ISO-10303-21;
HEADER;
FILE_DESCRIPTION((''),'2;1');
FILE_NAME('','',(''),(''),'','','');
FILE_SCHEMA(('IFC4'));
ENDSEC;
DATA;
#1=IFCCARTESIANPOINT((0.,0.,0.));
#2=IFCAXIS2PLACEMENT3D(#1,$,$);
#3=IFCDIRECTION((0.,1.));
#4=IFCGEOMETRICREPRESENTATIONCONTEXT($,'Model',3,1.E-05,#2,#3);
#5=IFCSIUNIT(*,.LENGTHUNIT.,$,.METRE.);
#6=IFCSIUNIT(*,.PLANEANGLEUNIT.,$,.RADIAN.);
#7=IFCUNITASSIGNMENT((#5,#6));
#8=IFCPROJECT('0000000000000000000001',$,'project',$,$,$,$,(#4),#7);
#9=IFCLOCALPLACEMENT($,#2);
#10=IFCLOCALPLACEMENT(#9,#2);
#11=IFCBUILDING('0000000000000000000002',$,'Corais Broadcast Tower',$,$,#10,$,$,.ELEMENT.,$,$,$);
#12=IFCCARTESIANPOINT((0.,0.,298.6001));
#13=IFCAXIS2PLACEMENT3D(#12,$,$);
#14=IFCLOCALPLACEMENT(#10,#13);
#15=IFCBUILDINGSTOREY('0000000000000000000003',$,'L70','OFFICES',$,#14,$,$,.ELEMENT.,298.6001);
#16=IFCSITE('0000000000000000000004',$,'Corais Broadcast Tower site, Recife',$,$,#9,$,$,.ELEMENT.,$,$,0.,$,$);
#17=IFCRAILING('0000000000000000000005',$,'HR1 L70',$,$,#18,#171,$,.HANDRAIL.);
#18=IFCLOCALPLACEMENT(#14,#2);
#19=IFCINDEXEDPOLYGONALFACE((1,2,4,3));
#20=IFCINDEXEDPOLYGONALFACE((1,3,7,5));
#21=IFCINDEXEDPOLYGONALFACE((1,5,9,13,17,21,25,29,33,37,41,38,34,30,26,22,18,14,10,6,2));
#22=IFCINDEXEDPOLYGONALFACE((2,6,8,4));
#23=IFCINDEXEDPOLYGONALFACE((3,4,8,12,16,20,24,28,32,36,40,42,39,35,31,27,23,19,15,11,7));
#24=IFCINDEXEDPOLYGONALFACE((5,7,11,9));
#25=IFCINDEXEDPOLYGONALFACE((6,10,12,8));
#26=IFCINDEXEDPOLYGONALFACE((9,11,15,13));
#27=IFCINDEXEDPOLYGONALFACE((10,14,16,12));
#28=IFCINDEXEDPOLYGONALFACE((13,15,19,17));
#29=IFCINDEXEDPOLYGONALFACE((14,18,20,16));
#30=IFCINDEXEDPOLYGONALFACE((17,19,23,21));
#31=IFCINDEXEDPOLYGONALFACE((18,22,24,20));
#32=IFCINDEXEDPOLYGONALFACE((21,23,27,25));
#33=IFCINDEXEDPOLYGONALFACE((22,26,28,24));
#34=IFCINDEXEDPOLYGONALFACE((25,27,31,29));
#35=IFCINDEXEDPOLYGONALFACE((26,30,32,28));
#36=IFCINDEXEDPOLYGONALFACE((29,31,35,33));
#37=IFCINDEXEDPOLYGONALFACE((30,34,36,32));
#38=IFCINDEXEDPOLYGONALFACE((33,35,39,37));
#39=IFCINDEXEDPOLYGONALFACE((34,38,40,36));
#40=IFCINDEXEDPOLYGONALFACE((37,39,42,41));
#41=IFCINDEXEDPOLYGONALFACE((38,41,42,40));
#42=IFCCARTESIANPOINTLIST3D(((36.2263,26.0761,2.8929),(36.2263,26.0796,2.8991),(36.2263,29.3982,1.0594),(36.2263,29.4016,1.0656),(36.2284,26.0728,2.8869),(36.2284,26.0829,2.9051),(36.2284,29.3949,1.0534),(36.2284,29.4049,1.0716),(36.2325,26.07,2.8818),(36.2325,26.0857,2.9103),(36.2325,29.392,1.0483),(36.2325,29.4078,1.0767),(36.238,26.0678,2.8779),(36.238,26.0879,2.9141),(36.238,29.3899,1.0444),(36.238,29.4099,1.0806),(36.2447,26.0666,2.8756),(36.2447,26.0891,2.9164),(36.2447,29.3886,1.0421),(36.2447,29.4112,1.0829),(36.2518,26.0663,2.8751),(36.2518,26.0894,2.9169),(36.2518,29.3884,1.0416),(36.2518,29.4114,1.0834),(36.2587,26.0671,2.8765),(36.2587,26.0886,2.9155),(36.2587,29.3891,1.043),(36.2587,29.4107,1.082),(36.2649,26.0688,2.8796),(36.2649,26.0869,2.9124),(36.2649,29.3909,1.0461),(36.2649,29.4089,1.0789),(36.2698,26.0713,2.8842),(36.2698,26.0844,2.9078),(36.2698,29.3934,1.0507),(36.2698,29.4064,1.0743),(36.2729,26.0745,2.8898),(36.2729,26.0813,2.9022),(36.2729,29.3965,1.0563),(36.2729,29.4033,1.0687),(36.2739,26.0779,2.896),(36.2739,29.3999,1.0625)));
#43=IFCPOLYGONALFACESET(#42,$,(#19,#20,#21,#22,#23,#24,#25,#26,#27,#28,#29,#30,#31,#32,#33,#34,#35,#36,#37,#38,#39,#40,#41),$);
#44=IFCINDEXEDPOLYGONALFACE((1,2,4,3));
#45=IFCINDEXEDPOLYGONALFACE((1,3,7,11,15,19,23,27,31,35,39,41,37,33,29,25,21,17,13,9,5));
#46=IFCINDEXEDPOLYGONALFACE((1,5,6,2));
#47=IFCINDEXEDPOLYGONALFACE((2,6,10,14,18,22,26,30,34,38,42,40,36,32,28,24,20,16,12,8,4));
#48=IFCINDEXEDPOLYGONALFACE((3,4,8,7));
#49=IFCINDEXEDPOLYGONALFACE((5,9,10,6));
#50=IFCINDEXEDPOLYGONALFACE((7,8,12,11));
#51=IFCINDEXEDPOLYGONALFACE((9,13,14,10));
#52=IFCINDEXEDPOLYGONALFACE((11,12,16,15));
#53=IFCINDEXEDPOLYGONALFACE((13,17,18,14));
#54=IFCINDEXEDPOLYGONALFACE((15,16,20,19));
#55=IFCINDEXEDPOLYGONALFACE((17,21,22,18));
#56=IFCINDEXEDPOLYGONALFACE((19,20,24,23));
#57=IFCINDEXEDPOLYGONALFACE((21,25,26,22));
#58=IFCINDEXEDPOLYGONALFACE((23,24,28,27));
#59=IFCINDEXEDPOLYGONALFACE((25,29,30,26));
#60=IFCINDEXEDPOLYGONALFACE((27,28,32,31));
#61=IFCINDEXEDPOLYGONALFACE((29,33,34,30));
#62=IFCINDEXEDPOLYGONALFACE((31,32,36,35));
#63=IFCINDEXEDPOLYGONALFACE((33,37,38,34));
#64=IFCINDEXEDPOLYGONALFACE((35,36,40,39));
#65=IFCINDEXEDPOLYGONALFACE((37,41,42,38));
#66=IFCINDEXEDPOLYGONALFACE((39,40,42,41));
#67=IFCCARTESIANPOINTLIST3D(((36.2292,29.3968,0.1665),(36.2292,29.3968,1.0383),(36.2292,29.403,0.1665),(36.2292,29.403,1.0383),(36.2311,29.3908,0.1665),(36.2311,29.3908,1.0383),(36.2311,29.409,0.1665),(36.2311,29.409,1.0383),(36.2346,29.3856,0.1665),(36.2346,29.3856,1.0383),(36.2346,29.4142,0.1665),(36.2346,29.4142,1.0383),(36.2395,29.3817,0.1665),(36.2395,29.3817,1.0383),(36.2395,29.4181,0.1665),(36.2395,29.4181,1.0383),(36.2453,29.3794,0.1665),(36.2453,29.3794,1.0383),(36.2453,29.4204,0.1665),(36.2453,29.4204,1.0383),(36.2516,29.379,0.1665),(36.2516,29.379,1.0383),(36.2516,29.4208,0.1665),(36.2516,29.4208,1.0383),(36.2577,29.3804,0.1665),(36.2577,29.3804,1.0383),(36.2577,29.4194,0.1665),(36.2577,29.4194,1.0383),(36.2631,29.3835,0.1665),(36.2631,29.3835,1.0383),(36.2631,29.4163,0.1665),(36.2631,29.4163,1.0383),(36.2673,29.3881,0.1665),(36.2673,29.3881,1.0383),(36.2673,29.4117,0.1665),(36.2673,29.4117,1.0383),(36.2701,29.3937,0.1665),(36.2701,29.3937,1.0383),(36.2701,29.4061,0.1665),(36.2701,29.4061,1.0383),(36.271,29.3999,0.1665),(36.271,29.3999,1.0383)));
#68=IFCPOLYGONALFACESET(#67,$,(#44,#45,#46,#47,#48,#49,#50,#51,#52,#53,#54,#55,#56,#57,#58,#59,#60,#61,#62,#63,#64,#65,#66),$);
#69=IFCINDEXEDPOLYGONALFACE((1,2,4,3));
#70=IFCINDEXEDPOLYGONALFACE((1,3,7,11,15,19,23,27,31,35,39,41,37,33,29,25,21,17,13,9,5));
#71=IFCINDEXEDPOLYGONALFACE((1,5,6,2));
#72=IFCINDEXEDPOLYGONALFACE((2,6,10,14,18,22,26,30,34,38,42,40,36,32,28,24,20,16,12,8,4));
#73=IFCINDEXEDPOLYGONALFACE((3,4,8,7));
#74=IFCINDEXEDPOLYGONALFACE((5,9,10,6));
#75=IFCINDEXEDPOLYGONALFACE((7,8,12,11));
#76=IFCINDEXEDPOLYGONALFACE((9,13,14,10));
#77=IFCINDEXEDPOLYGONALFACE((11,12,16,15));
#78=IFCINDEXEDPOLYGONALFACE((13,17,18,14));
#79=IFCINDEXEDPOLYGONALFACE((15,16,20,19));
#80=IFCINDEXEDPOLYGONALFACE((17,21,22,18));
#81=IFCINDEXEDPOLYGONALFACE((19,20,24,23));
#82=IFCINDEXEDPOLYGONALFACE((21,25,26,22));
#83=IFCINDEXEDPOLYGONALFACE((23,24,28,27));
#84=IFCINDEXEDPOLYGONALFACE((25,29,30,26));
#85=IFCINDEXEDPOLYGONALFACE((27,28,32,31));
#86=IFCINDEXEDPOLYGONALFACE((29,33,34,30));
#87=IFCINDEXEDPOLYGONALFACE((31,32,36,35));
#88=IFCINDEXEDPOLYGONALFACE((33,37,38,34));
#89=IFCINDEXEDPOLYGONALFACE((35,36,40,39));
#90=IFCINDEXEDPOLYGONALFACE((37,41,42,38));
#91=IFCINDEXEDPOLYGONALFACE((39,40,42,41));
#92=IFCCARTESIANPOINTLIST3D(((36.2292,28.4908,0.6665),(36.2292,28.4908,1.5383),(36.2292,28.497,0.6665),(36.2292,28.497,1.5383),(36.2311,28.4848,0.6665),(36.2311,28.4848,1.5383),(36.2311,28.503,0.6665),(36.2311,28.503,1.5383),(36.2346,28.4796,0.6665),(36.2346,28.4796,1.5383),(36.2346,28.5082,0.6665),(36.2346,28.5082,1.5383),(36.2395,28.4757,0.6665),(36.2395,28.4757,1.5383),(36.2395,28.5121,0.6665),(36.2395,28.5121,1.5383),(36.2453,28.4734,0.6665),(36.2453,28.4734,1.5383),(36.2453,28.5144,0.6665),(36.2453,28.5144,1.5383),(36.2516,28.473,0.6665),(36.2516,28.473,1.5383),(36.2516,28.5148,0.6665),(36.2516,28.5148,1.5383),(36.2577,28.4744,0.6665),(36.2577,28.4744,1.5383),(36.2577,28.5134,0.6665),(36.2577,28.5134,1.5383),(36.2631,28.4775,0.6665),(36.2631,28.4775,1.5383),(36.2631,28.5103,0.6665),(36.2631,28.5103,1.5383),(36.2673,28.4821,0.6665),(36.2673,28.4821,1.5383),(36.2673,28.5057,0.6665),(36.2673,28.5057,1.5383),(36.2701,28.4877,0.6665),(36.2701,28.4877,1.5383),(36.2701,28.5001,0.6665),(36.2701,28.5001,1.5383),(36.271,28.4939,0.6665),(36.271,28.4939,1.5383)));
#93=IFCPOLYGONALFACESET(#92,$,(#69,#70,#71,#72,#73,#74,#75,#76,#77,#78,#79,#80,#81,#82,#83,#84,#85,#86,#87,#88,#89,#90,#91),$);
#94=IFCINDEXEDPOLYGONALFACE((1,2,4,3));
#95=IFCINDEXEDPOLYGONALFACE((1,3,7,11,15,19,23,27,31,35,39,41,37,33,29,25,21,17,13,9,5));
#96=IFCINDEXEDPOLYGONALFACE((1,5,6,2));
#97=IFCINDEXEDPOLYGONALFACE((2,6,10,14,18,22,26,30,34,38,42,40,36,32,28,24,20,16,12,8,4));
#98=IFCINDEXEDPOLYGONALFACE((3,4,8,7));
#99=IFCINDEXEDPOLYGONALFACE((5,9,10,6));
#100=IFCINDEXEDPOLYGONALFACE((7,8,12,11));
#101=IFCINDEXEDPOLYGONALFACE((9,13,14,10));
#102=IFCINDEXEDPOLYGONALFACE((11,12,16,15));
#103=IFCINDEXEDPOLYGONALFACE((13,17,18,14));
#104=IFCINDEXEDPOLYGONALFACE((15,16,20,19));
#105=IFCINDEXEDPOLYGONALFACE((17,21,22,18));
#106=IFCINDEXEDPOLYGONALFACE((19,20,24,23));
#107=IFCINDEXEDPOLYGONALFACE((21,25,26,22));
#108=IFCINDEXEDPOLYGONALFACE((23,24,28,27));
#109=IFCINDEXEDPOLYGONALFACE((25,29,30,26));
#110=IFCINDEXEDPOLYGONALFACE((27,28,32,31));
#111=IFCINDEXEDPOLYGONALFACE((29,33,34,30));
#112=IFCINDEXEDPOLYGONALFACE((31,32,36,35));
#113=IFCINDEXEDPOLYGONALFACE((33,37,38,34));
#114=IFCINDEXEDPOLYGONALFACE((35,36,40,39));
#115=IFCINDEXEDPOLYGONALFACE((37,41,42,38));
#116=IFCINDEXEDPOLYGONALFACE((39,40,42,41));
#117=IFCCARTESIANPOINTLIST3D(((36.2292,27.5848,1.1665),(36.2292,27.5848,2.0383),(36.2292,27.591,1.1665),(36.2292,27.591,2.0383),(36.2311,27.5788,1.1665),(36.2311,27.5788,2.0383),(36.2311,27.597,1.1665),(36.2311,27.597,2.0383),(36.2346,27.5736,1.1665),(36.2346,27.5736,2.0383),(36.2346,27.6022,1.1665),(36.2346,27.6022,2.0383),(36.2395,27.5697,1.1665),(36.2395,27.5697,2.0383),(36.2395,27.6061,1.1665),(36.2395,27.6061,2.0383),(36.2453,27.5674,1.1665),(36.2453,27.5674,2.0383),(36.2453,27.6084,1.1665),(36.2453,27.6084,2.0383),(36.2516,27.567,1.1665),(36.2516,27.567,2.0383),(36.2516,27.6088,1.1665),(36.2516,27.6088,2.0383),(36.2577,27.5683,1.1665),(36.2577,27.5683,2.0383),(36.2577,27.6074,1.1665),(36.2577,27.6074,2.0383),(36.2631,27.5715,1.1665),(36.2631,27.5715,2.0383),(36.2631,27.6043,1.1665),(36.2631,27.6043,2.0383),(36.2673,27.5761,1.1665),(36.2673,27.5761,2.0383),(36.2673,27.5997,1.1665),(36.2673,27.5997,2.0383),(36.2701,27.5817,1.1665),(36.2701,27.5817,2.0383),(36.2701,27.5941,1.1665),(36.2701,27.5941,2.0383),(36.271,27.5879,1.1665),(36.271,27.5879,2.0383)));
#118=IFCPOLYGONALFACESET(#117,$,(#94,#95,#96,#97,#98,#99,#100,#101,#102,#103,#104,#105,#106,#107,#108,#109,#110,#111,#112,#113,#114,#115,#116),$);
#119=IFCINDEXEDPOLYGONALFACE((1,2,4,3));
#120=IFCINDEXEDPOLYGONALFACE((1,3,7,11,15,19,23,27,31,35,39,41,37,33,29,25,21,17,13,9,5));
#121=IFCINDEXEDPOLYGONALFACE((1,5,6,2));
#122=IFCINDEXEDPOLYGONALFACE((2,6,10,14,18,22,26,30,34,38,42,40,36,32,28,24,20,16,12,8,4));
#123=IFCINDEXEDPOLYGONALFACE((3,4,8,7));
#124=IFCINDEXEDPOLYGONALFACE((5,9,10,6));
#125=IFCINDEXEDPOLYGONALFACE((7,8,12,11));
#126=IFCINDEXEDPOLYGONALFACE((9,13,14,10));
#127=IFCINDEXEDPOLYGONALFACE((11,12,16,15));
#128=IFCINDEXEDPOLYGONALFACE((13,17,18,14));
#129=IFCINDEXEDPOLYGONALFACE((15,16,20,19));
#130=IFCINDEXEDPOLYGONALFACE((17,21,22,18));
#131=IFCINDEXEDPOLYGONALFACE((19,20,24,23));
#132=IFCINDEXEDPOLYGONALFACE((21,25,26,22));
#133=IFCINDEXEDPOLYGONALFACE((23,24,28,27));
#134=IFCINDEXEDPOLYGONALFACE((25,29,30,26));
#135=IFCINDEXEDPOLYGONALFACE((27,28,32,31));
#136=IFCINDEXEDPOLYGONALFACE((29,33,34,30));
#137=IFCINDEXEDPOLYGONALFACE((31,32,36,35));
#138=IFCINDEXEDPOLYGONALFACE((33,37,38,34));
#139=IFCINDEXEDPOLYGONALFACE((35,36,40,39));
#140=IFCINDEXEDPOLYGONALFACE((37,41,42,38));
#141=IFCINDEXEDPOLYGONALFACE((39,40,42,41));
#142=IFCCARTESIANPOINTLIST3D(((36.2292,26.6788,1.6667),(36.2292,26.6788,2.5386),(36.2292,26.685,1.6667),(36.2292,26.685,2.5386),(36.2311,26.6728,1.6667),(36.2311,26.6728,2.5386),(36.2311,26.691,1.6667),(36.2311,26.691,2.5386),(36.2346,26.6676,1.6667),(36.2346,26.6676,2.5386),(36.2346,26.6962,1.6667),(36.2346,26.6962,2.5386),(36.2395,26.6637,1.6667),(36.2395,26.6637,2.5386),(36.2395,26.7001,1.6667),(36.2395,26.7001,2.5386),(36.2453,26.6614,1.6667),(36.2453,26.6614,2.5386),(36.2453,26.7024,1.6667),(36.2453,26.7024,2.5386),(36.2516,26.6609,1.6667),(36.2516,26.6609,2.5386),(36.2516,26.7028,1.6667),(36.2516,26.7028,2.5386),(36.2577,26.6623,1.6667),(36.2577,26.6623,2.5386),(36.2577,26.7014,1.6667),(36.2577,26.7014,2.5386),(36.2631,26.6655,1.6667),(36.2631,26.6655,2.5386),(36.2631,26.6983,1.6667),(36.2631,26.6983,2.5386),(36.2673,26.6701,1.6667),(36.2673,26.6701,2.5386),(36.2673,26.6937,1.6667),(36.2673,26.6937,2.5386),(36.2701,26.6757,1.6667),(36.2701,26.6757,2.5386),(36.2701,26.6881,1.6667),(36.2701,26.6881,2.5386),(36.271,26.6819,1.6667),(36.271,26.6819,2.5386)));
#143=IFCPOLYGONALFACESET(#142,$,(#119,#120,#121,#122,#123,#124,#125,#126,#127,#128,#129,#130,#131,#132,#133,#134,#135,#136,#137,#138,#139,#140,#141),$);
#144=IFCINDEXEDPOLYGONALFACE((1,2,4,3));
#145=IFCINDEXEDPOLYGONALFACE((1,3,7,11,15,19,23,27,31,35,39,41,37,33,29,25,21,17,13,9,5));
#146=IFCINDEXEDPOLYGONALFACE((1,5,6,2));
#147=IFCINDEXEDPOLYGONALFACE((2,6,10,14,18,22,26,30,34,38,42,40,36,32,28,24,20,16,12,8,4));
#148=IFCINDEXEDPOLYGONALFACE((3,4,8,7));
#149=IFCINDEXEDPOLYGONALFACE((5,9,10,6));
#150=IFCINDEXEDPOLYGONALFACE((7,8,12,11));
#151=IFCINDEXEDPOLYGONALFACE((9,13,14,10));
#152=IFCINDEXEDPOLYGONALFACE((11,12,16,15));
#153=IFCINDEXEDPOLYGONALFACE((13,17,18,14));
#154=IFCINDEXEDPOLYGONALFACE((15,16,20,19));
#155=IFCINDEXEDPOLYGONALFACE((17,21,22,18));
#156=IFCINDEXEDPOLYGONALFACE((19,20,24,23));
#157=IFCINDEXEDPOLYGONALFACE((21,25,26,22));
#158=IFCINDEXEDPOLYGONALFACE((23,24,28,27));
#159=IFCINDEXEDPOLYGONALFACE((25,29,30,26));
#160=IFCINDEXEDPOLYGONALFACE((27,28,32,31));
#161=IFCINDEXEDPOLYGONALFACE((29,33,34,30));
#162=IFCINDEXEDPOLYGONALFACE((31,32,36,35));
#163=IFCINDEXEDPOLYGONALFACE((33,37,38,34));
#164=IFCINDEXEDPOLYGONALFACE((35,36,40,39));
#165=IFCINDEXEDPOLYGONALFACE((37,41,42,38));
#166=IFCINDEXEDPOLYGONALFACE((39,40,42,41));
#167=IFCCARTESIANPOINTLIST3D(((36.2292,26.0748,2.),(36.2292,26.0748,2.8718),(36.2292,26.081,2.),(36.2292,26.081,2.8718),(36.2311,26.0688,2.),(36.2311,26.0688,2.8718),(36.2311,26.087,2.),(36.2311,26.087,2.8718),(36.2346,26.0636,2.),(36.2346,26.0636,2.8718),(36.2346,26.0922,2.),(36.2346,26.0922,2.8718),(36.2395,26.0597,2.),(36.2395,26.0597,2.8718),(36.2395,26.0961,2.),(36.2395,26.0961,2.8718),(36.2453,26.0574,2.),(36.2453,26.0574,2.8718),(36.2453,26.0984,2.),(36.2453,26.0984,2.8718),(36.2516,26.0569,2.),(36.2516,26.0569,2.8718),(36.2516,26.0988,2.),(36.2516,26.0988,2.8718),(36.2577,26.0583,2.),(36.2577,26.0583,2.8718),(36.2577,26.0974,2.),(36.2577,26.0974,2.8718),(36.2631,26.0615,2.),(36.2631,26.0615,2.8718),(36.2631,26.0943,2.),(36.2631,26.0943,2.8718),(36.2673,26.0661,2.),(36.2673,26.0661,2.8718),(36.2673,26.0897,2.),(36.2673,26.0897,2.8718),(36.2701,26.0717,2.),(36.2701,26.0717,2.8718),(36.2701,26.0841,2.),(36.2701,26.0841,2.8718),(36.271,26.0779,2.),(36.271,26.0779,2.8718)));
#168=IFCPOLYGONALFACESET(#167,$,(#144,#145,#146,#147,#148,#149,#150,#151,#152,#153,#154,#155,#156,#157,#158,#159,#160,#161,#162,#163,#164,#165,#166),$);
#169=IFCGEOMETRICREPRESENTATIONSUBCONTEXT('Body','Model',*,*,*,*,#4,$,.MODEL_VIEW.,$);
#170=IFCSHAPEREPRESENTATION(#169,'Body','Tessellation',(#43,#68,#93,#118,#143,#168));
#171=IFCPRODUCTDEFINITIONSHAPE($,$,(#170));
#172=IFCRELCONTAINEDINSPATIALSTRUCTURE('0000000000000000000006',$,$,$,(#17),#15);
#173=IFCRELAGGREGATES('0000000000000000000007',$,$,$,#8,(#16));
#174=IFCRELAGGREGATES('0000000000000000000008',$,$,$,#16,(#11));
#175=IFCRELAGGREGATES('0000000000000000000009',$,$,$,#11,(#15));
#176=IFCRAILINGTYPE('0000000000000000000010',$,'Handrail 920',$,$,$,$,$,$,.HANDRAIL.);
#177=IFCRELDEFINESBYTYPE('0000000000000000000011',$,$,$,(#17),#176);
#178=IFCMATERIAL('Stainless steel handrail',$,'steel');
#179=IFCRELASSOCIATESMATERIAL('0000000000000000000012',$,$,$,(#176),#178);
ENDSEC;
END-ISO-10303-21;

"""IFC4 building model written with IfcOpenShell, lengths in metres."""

from ifc_helpers import new_model, si_unit, direction, frame, origin, origin_2d, place, context, subcontext, project, spatial, circle, extrude, material, type_object, element, save


model = new_model("IFC4")

# Units and contexts
model_context = context("Model", 3, precision=1e-05, world=origin(), true_north=direction((0.0, 1.0)))
body_context = subcontext(model_context, "Body", "Model", "MODEL_VIEW")
ifc_project = project(units=[si_unit("LENGTHUNIT", "METRE"), si_unit("PLANEANGLEUNIT", "RADIAN")], contexts=[model_context])

# Site, building, storey
site_placement = place(None, origin())
site = spatial("IfcSite", under=ifc_project, at=site_placement, Name="Corais Broadcast Tower site, Recife", CompositionType="ELEMENT", RefElevation=0.0)
building_placement = place(site_placement, origin())
building = spatial("IfcBuilding", under=site, at=building_placement, Name="Corais Broadcast Tower", CompositionType="ELEMENT")
storey_placement = place(building_placement, frame((0.0, 0.0, 298.6001)))
storey = spatial("IfcBuildingStorey", under=building, at=storey_placement, Name="L70", Description="OFFICES", CompositionType="ELEMENT", Elevation=298.6001)

# Railing
ifc_material_1 = material(Name="Stainless steel handrail", Category="steel")
railing_type = type_object("IfcRailingType", Name="Handrail 920", PredefinedType="HANDRAIL", material=ifc_material_1)
for number, where, name in (
    (1, (36.25, 29.3999, 0.1665), "HR1 L70"),
):
    element("IfcRailing", number, at=place(storey_placement, frame(where)), inside=storey, type_object=railing_type, Name=name, PredefinedType="HANDRAIL", context=body_context, shape_type="SweptSolid", body=[
        extrude(circle(Radius=0.0239, at=origin_2d()), frame((0.0, 0.0, 0.896), z_axis=(0.0, -0.875504, 0.48321), x_axis=(1.0, 0.0, 0.0)), (0.0, 0.0, 1.0), 3.7944),
        extrude(circle(Radius=0.021, at=origin_2d()), origin(), (0.0, 0.0, 1.0), 0.8718),
        extrude(circle(Radius=0.021, at=origin_2d()), frame((0.0, -0.906, 0.5)), (0.0, 0.0, 1.0), 0.8718),
        extrude(circle(Radius=0.021, at=origin_2d()), frame((0.0, -1.812, 1.0)), (0.0, 0.0, 1.0), 0.8718),
        extrude(circle(Radius=0.021, at=origin_2d()), frame((0.0, -2.718, 1.5002)), (0.0, 0.0, 1.0), 0.8718),
        extrude(circle(Radius=0.021, at=origin_2d()), frame((0.0, -3.322, 1.8335)), (0.0, 0.0, 1.0), 0.8718),
    ])

save(model, "model.ifc")
